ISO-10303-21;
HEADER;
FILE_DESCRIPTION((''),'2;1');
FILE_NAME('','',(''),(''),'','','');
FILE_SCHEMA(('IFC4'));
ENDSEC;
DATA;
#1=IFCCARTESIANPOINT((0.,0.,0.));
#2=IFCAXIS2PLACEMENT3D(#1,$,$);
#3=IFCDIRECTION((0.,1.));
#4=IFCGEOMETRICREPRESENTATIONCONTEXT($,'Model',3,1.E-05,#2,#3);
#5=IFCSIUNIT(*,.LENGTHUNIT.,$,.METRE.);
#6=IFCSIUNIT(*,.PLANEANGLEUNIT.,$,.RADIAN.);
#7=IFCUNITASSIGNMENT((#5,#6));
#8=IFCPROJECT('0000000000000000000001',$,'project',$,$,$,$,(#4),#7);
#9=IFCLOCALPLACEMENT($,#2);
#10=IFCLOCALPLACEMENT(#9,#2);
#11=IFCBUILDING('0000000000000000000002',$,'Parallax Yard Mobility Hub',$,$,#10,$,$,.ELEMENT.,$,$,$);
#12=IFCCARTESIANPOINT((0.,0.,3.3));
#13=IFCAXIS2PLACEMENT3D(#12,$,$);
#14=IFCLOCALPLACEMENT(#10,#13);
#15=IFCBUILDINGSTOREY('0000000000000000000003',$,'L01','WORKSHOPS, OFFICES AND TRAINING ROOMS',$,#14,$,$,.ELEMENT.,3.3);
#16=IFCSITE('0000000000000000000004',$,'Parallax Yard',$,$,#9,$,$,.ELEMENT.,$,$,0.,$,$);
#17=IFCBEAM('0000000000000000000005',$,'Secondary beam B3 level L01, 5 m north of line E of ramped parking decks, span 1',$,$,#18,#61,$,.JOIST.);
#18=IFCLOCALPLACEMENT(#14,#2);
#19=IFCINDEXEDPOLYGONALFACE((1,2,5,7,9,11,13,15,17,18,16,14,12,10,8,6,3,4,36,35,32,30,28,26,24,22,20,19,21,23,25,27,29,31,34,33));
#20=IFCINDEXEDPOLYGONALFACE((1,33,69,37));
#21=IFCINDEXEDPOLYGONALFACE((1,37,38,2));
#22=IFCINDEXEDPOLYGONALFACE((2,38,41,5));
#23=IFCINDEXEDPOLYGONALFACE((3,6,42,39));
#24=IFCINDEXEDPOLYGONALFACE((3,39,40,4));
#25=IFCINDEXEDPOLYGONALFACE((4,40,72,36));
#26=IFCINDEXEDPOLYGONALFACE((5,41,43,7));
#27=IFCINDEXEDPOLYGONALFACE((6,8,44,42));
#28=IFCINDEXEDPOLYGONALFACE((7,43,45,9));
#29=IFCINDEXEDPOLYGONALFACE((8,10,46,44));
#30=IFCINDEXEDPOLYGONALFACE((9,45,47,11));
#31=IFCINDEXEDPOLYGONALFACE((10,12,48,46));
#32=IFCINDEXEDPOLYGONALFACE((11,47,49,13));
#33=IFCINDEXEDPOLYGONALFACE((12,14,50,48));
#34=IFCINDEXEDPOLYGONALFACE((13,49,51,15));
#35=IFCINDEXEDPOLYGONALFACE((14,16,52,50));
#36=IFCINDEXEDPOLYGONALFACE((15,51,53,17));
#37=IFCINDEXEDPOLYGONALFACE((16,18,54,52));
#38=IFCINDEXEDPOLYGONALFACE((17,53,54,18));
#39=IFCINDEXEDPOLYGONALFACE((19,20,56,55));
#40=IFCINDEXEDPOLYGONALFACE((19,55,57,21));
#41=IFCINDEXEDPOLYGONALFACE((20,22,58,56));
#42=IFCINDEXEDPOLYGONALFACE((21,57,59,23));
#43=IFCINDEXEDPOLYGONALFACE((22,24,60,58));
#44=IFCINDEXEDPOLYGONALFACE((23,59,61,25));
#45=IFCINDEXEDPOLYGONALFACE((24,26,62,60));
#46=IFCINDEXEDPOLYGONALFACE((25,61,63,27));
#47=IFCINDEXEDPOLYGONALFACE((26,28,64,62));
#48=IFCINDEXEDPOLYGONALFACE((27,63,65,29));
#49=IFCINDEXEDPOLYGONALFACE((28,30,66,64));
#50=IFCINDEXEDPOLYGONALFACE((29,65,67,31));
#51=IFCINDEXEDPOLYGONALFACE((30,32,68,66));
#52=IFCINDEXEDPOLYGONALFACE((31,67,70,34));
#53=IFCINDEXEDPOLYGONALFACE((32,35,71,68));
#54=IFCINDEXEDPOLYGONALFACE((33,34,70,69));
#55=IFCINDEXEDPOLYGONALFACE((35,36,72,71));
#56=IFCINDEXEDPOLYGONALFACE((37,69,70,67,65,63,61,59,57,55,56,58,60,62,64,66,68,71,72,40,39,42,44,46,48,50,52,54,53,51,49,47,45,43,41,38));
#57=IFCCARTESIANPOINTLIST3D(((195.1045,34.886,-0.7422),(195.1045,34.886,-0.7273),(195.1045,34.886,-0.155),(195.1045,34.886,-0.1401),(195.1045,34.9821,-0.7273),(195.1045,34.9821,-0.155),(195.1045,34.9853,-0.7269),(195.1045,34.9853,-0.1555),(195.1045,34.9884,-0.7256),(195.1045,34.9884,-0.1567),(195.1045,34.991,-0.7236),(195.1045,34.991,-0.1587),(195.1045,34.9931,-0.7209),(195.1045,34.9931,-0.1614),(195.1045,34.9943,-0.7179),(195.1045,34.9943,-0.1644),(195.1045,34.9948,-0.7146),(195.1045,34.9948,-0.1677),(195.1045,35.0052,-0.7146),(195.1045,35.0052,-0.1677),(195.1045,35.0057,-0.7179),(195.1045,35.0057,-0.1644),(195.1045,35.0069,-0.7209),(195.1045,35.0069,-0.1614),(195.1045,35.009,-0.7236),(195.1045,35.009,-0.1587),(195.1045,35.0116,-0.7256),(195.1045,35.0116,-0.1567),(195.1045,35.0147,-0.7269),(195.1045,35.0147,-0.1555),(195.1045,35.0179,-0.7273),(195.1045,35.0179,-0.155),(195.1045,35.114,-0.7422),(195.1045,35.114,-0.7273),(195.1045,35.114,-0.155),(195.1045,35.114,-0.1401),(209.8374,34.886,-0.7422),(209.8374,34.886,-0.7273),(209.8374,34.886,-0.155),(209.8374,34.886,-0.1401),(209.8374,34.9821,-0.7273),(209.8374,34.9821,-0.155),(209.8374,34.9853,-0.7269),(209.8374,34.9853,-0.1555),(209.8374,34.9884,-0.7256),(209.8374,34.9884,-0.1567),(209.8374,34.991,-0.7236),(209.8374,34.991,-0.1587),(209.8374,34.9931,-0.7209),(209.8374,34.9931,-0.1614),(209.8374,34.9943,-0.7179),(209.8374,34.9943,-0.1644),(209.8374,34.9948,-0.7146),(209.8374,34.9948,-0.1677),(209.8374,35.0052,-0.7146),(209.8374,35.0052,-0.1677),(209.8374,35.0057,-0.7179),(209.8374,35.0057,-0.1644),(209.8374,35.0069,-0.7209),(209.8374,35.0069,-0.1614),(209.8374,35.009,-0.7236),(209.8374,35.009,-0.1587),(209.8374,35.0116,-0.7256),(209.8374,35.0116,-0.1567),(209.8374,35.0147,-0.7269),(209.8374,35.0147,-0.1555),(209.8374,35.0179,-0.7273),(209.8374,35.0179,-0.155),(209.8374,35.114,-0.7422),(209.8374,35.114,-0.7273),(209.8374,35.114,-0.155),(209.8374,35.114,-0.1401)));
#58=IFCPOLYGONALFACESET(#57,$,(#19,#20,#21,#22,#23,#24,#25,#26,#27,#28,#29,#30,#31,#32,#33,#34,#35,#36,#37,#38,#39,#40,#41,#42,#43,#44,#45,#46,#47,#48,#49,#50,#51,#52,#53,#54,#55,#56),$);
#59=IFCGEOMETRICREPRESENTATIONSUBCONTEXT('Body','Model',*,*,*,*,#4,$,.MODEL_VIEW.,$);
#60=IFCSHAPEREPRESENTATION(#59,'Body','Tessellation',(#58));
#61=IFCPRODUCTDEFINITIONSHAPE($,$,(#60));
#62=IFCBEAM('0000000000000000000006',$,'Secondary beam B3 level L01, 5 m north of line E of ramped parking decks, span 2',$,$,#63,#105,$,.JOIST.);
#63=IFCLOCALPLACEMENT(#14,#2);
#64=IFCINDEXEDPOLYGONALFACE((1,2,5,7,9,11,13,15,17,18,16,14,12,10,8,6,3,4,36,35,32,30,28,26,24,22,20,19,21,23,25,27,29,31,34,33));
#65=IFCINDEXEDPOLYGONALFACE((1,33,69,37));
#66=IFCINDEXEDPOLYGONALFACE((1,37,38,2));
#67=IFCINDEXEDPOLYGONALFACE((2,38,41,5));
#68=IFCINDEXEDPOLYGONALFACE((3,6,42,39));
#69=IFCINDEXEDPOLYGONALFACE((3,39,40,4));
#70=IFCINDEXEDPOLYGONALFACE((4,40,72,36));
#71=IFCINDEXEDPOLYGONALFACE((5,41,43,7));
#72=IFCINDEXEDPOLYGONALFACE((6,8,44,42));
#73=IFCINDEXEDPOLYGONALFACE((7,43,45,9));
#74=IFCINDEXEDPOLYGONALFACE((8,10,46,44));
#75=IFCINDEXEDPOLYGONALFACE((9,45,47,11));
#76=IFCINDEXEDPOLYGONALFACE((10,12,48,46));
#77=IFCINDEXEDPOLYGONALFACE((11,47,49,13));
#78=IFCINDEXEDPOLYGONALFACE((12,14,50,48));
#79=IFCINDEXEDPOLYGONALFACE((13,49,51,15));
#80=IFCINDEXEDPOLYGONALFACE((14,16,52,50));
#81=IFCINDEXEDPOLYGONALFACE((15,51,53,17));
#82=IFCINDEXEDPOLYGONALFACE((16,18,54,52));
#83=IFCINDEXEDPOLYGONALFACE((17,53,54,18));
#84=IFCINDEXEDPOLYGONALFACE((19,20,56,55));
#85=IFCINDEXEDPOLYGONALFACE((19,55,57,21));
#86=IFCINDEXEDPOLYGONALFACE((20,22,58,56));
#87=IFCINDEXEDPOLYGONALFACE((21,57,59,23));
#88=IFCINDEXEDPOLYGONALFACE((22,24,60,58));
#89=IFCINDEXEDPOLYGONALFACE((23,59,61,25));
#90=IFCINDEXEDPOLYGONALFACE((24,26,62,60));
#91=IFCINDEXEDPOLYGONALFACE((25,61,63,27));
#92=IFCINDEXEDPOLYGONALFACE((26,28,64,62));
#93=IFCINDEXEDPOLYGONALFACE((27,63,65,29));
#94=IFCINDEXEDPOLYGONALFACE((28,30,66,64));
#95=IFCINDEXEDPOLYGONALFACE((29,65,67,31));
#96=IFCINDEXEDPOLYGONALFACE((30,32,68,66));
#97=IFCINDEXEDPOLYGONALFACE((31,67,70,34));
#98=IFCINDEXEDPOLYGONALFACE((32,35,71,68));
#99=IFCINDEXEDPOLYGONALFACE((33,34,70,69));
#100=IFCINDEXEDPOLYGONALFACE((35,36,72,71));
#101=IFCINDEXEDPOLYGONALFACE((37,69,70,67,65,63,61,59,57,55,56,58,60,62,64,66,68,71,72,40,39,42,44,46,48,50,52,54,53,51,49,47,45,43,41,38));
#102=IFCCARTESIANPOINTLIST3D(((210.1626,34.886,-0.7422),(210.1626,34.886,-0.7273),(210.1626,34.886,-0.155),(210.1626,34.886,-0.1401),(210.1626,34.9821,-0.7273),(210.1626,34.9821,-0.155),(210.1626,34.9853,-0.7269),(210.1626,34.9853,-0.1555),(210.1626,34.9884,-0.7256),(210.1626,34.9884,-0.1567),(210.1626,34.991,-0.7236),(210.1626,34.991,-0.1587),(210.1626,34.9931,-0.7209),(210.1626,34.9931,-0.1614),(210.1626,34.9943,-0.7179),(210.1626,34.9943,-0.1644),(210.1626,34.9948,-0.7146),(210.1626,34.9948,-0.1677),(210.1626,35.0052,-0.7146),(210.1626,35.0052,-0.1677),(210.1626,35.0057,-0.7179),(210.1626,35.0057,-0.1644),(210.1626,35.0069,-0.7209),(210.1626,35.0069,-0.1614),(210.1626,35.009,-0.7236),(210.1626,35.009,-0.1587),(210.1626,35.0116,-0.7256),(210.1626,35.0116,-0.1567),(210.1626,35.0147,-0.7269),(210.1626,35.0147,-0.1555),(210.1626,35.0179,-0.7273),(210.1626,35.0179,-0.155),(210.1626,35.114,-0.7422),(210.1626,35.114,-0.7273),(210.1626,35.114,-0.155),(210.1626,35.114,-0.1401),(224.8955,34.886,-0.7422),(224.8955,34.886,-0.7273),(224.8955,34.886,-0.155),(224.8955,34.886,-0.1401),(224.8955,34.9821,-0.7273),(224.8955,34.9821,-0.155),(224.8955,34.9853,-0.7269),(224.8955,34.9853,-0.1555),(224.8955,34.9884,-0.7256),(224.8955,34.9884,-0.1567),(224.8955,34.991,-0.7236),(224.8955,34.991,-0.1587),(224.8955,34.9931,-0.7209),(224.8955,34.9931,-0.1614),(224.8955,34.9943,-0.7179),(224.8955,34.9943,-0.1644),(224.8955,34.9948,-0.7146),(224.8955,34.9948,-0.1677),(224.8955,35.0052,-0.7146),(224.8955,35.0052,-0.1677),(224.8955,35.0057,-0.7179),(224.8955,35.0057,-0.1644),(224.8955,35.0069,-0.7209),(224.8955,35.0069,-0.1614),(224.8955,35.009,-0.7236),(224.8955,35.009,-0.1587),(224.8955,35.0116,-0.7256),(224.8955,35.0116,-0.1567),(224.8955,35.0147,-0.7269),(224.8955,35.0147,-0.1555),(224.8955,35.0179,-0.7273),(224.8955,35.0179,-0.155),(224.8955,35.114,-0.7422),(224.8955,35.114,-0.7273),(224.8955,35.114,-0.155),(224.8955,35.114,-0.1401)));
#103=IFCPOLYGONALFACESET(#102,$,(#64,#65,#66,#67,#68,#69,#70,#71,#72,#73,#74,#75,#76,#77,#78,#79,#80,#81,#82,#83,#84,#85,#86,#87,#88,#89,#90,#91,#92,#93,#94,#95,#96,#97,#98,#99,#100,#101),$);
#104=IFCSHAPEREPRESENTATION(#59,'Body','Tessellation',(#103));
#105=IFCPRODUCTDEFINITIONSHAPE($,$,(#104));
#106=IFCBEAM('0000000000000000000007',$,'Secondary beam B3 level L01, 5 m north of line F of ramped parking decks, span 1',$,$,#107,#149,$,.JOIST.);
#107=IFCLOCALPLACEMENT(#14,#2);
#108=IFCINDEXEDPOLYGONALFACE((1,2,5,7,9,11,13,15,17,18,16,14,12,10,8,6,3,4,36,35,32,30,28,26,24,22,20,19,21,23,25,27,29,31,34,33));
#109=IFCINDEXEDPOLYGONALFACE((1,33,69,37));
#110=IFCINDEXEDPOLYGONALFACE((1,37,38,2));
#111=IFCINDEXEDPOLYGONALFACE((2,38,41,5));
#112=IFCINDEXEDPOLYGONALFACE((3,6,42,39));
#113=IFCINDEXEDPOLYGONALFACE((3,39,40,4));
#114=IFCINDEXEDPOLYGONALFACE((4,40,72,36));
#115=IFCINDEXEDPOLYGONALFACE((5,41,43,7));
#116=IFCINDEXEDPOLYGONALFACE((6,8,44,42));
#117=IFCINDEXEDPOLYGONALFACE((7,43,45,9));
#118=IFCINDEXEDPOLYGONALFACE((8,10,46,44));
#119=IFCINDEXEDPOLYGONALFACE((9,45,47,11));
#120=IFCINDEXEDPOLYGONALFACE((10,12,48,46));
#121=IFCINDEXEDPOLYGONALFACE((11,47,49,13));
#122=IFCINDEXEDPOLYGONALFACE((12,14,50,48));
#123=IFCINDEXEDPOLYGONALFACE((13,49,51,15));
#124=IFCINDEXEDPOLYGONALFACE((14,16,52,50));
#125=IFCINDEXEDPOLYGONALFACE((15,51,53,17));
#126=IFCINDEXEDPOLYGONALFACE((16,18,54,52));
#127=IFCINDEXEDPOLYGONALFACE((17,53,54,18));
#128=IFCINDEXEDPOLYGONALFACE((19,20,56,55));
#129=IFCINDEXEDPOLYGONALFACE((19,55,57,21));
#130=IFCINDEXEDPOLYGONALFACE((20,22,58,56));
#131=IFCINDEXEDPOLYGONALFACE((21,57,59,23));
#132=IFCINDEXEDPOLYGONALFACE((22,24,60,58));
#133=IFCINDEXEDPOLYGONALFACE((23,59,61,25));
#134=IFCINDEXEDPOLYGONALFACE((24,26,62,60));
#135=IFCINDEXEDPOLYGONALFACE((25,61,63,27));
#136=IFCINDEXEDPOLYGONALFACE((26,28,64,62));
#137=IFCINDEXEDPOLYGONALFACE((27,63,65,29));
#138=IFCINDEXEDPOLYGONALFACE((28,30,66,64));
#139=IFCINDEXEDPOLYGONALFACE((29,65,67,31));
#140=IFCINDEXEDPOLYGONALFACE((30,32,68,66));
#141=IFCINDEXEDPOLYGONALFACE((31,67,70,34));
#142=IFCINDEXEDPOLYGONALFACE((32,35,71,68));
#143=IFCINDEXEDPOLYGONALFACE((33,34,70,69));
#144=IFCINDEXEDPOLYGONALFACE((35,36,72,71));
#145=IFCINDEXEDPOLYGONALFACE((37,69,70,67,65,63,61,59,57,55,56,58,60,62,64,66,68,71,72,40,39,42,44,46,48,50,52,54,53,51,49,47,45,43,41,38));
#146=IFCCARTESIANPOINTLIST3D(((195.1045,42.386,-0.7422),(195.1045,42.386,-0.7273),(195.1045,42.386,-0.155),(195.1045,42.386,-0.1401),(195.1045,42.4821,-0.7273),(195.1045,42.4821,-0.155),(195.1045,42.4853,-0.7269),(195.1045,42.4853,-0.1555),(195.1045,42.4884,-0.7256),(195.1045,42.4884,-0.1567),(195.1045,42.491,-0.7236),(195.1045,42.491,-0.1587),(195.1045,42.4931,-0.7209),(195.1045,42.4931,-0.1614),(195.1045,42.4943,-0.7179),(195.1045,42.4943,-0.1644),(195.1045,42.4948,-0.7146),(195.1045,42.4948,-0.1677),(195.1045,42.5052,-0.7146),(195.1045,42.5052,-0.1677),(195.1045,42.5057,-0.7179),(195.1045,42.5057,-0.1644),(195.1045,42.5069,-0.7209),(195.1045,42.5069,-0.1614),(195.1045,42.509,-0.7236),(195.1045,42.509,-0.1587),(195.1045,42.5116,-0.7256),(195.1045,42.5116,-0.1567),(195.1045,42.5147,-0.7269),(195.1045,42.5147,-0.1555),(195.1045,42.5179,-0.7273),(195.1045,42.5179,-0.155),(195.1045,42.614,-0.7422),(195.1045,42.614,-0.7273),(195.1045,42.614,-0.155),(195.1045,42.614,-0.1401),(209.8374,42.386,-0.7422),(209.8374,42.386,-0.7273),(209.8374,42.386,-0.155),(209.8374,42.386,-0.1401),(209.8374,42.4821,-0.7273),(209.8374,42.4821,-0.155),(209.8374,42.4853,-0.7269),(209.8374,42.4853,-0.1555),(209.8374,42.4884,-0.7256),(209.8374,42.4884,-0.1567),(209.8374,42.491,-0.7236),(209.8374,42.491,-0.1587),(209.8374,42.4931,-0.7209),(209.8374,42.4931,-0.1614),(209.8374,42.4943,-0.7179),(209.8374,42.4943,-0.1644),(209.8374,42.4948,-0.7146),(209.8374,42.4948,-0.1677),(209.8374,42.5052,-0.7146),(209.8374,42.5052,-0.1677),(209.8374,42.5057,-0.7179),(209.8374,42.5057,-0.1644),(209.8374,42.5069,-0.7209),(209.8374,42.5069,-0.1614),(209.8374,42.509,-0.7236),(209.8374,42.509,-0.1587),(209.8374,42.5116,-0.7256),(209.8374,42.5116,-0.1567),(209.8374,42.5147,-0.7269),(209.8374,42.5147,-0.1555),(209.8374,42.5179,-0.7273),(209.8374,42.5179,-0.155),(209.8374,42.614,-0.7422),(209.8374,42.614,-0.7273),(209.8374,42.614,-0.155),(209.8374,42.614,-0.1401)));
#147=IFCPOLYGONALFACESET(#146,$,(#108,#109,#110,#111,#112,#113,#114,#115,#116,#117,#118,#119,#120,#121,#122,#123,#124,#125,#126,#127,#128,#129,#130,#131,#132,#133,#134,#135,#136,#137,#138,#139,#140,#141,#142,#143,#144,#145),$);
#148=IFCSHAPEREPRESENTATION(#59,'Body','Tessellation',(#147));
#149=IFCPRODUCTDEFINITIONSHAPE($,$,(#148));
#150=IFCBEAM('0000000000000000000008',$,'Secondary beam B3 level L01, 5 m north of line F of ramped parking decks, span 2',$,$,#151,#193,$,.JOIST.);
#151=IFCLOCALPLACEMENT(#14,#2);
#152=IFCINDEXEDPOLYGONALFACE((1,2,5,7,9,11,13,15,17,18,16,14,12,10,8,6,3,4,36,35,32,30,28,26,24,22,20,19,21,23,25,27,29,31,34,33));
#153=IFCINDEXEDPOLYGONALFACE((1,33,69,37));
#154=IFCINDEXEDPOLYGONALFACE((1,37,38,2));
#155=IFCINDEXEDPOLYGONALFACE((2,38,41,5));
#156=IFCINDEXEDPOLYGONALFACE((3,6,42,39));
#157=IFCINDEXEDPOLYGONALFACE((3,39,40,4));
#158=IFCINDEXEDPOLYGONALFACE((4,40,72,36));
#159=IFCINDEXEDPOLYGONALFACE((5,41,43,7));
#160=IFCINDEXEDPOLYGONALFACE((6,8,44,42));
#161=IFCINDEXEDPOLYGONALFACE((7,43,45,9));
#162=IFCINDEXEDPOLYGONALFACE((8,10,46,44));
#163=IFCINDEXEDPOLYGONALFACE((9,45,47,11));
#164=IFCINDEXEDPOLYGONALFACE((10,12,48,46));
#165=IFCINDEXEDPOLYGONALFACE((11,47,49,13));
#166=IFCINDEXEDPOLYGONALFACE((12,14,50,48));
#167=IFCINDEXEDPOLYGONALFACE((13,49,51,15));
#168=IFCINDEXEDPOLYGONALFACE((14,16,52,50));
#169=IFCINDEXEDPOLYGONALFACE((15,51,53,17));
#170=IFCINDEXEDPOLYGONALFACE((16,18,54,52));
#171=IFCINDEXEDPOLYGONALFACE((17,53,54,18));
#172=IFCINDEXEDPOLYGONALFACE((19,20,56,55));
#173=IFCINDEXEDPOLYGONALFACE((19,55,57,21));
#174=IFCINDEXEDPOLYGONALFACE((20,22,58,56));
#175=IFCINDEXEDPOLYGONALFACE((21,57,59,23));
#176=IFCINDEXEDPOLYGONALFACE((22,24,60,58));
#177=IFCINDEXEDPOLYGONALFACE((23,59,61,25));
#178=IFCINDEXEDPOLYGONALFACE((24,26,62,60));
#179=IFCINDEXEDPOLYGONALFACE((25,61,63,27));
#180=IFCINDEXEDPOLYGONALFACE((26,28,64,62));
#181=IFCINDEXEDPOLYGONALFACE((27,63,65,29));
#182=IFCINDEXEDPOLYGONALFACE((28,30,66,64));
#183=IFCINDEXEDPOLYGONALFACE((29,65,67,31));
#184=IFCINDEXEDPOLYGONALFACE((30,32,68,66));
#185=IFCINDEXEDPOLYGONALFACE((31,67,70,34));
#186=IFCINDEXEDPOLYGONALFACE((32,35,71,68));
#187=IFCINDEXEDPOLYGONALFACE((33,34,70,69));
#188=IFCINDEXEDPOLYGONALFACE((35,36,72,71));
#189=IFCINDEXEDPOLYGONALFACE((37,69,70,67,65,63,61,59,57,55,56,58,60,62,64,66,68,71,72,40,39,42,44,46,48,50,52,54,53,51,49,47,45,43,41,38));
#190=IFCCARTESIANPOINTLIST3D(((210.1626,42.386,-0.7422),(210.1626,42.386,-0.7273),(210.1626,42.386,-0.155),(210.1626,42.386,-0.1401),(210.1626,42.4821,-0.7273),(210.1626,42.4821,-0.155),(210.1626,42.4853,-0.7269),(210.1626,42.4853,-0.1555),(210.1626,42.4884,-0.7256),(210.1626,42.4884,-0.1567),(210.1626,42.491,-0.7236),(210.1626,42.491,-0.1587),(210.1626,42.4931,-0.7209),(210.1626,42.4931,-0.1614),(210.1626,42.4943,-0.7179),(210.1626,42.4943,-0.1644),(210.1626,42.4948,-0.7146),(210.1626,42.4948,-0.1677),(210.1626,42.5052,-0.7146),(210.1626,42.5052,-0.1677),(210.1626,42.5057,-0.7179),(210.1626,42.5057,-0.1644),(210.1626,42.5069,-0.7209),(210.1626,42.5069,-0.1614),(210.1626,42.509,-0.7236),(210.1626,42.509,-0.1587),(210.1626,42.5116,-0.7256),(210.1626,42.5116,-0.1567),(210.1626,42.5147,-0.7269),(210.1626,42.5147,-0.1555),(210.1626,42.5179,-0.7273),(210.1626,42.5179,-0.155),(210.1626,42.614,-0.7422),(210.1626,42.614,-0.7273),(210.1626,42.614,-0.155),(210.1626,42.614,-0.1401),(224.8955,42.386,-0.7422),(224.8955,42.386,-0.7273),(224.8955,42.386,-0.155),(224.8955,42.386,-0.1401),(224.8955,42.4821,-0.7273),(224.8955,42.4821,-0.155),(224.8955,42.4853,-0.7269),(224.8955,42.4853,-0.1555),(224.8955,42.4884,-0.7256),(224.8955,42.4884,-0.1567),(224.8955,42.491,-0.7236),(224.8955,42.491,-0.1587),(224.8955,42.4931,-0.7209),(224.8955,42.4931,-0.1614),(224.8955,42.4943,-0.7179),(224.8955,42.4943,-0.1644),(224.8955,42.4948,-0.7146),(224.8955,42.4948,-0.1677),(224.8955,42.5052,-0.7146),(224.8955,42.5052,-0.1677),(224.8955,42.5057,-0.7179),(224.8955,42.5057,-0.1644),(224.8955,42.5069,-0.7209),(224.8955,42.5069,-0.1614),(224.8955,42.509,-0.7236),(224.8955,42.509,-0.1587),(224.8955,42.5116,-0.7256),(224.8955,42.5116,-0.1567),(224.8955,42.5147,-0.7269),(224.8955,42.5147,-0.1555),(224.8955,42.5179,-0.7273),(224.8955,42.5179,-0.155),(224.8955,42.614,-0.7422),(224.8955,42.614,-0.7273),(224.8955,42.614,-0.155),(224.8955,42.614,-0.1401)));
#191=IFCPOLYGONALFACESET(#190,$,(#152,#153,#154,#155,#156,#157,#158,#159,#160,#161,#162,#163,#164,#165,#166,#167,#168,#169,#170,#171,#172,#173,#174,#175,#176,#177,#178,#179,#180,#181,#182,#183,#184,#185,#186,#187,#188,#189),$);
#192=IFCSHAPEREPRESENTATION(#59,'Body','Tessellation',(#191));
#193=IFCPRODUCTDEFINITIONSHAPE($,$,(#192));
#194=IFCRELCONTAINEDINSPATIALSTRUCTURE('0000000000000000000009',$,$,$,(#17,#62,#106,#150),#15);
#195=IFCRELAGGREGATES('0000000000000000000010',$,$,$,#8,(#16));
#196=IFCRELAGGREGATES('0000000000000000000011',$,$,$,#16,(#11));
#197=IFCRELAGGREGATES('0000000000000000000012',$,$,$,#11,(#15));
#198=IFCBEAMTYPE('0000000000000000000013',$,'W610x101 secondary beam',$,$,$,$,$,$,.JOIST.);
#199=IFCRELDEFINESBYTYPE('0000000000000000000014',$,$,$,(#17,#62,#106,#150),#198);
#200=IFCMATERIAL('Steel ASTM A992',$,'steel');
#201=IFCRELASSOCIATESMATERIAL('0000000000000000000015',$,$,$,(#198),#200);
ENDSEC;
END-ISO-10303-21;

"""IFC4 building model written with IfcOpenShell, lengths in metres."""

from ifc_helpers import new_model, si_unit, direction, frame, origin, origin_2d, place, context, subcontext, project, spatial, i_section, extrude, material, material_profile, profile_set, type_object, element, save


model = new_model("IFC4")

# Units and contexts
model_context = context("Model", 3, precision=1e-05, world=origin(), true_north=direction((0.0, 1.0)))
body_context = subcontext(model_context, "Body", "Model", "MODEL_VIEW")
ifc_project = project(units=[si_unit("LENGTHUNIT", "METRE"), si_unit("PLANEANGLEUNIT", "RADIAN")], contexts=[model_context])

# Site, building, storey
site_placement = place(None, origin())
site = spatial("IfcSite", under=ifc_project, at=site_placement, Name="Parallax Yard", CompositionType="ELEMENT", RefElevation=0.0)
building_placement = place(site_placement, origin())
building = spatial("IfcBuilding", under=site, at=building_placement, Name="Parallax Yard Mobility Hub", CompositionType="ELEMENT")
storey_placement = place(building_placement, frame((0.0, 0.0, 3.3)))
storey = spatial("IfcBuildingStorey", under=building, at=storey_placement, Name="L01", Description="WORKSHOPS, OFFICES AND TRAINING ROOMS", CompositionType="ELEMENT", Elevation=3.3)

# Shared definitions
ifc_material_1 = material(Name="Steel ASTM A992", Category="steel")

# Beams
ifc_material_profile_1 = material_profile(ifc_material_1, i_section(OverallWidth=0.228, OverallDepth=0.6021, WebThickness=0.0105, FlangeThickness=0.0149, FilletRadius=0.0127, at=origin_2d()), Name="W610x101")
ifc_profile_set_1 = profile_set([ifc_material_profile_1], Name="Steel ASTM A992")
beam_type_1 = type_object("IfcBeamType", Name="W610x101 secondary beam", PredefinedType="JOIST", material=ifc_profile_set_1)
for number, where, z_axis, x_axis, name in (
    (1, (195.1045, 35.0, -0.4412), (1.0, 0.0, 0.0), (0.0, 1.0, 0.0), "Secondary beam B3 level L01, 5 m north of line E of ramped parking decks, span 1"),
    (2, (210.1626, 35.0, -0.4412), (1.0, 0.0, 0.0), (0.0, 1.0, 0.0), "Secondary beam B3 level L01, 5 m north of line E of ramped parking decks, span 2"),
    (3, (195.1045, 42.5, -0.4412), (1.0, 0.0, 0.0), (0.0, 1.0, 0.0), "Secondary beam B3 level L01, 5 m north of line F of ramped parking decks, span 1"),
    (4, (210.1626, 42.5, -0.4412), (1.0, 0.0, 0.0), (0.0, 1.0, 0.0), "Secondary beam B3 level L01, 5 m north of line F of ramped parking decks, span 2"),
):
    element("IfcBeam", number, at=place(storey_placement, frame(where, z_axis=z_axis, x_axis=x_axis)), inside=storey, type_object=beam_type_1, Name=name, PredefinedType="JOIST", context=body_context, shape_type="SweptSolid", body=[
        extrude(i_section(OverallWidth=0.228, OverallDepth=0.6021, WebThickness=0.0105, FlangeThickness=0.0149, FilletRadius=0.0127, at=origin_2d()), origin(), (0.0, 0.0, 1.0), 14.7329),
    ])

save(model, "model.ifc")
